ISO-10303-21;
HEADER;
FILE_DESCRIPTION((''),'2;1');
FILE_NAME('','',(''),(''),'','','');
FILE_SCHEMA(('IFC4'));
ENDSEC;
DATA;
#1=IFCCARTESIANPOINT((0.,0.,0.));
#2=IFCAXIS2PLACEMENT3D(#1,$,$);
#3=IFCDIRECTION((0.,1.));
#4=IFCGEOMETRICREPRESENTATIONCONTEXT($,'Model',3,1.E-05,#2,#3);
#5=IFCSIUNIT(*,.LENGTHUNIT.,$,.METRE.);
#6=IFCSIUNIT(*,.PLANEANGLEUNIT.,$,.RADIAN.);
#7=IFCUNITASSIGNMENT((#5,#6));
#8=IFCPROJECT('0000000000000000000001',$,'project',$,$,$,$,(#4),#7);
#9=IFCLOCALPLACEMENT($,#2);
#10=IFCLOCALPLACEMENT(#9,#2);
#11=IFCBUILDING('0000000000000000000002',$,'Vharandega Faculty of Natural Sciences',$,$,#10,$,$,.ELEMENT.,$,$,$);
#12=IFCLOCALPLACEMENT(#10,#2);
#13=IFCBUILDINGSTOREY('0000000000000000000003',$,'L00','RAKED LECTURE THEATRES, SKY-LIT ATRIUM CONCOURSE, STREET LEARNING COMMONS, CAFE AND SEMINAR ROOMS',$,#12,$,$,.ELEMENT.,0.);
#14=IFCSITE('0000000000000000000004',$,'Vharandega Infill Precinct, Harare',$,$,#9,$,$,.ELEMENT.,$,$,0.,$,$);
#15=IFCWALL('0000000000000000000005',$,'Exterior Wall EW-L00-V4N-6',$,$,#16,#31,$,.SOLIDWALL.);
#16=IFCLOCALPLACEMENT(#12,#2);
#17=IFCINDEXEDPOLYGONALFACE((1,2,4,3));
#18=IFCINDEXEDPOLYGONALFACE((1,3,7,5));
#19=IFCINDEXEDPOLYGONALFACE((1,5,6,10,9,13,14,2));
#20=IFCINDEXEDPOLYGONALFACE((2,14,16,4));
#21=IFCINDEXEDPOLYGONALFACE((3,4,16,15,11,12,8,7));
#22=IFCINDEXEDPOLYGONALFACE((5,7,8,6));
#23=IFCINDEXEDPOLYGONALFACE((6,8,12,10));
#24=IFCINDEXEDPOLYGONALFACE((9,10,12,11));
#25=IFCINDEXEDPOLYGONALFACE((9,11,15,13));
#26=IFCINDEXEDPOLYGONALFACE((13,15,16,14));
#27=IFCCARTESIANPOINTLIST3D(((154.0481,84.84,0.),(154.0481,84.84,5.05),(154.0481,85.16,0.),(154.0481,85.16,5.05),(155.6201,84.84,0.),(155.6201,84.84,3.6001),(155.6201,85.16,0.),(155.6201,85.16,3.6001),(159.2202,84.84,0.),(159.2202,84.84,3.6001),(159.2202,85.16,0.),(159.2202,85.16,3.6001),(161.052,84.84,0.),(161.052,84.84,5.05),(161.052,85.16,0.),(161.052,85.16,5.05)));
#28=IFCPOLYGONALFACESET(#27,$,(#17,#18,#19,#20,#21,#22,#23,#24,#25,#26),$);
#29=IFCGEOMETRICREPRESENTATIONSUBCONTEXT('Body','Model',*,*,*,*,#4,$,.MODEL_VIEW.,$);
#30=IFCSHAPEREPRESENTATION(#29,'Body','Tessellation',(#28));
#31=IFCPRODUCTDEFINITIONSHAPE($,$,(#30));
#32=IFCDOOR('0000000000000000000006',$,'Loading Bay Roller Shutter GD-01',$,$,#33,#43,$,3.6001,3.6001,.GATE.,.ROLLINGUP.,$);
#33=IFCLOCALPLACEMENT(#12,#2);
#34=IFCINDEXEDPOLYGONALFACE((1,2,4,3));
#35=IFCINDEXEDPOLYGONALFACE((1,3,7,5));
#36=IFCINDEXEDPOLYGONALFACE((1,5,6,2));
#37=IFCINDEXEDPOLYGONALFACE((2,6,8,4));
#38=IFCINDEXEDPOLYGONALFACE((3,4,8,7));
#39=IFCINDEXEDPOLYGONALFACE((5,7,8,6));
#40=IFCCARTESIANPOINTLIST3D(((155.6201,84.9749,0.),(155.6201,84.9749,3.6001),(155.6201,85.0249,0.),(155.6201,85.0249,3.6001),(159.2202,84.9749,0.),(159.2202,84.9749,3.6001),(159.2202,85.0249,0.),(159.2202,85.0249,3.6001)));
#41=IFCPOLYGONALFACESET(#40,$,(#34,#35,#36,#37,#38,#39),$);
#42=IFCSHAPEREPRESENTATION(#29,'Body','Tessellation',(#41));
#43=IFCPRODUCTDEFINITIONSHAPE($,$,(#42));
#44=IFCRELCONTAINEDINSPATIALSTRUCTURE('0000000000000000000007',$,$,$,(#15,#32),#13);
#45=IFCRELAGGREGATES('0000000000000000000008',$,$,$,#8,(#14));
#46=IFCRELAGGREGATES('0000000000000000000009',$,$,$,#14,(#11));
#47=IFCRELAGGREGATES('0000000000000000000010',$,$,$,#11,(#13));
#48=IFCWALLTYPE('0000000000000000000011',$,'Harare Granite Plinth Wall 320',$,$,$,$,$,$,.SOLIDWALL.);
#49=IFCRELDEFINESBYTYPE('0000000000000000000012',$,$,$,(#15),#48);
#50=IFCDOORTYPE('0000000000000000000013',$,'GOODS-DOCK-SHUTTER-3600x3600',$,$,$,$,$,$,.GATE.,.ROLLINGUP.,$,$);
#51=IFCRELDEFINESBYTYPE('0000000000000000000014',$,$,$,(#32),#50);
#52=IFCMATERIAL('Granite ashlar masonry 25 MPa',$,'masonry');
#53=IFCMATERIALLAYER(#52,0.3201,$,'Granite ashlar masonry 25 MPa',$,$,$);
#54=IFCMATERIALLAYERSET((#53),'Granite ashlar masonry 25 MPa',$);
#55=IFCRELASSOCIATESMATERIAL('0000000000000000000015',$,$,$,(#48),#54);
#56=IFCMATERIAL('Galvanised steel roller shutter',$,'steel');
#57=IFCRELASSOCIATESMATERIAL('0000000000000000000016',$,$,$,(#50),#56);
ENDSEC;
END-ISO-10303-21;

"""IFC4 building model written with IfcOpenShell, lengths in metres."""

from ifc_helpers import new_model, si_unit, direction, frame, frame_2d, origin, place, context, subcontext, project, spatial, rectangle, extrude, material, layer, layer_set, type_object, element, fill, save


model = new_model("IFC4")

# Units and contexts
model_context = context("Model", 3, precision=1e-05, world=origin(), true_north=direction((0.0, 1.0)))
body_context = subcontext(model_context, "Body", "Model", "MODEL_VIEW")
ifc_project = project(units=[si_unit("LENGTHUNIT", "METRE"), si_unit("PLANEANGLEUNIT", "RADIAN")], contexts=[model_context])

# Site, building, storey
site_placement = place(None, origin())
site = spatial("IfcSite", under=ifc_project, at=site_placement, Name="Vharandega Infill Precinct, Harare", CompositionType="ELEMENT", RefElevation=0.0)
building_placement = place(site_placement, origin())
building = spatial("IfcBuilding", under=site, at=building_placement, Name="Vharandega Faculty of Natural Sciences", CompositionType="ELEMENT")
storey_placement = place(building_placement, origin())
storey = spatial("IfcBuildingStorey", under=building, at=storey_placement, Name="L00", Description="RAKED LECTURE THEATRES, SKY-LIT ATRIUM CONCOURSE, STREET LEARNING COMMONS, CAFE AND SEMINAR ROOMS", CompositionType="ELEMENT", Elevation=0.0)

# Shared definitions
ifc_material_1 = material(Name="Granite ashlar masonry 25 MPa", Category="masonry")
ifc_layer_1 = layer(ifc_material_1, 0.3201, Name="Granite ashlar masonry 25 MPa")
ifc_layer_set_1 = layer_set([ifc_layer_1], Name="Granite ashlar masonry 25 MPa")
wall_type_1 = type_object("IfcWallType", Name="Harare Granite Plinth Wall 320", PredefinedType="SOLIDWALL", material=ifc_layer_set_1)

# Wall, opening, door
wall_1_placement = place(storey_placement, frame((154.0481, 85.0, 0.0), z_axis=(0.0, 0.0, 1.0), x_axis=(1.0, 0.0, 0.0)))
wall_1 = element("IfcWall", 1, at=wall_1_placement, inside=storey, type_object=wall_type_1, Name="Exterior Wall EW-L00-V4N-6", PredefinedType="SOLIDWALL", context=body_context, shape_type="SweptSolid", body=[
    extrude(rectangle(XDim=7.0039, YDim=0.3201, at=frame_2d((3.502, 0.0))), origin(), (0.0, 0.0, 1.0), 5.05),
])
opening_1_placement = place(wall_1_placement, frame((1.572, 0.0, 0.0)))
opening_1 = element("IfcOpeningElement", 2, at=opening_1_placement, cuts=wall_1, PredefinedType="OPENING", context=body_context, shape_type="SweptSolid", body=[
    extrude(rectangle(XDim=3.6001, YDim=3.6001, at=frame_2d((1.8, 1.8))), frame((0.0, 0.1699, 0.0), z_axis=(0.0, -1.0, 0.0), x_axis=(1.0, 0.0, 0.0)), (0.0, 0.0, 1.0), 0.3401),
])
ifc_material_2 = material(Name="Galvanised steel roller shutter", Category="steel")
door_type_1 = type_object("IfcDoorType", Name="GOODS-DOCK-SHUTTER-3600x3600", OperationType="ROLLINGUP", PredefinedType="GATE", material=ifc_material_2)
door_1_placement = place(opening_1_placement, origin())
door_1 = element("IfcDoor", 3, at=door_1_placement, inside=storey, type_object=door_type_1, Name="Loading Bay Roller Shutter GD-01", OperationType="ROLLINGUP", OverallHeight=3.6001, OverallWidth=3.6001, PredefinedType="GATE", context=body_context, shape_type="SweptSolid", body=[
    extrude(rectangle(XDim=3.6001, YDim=3.6001, at=frame_2d((1.8, 1.8))), frame((0.0, 0.0249, 0.0), z_axis=(0.0, -1.0, 0.0), x_axis=(1.0, 0.0, 0.0)), (0.0, 0.0, 1.0), 0.05),
])
fill(opening_1, door_1)

save(model, "model.ifc")
